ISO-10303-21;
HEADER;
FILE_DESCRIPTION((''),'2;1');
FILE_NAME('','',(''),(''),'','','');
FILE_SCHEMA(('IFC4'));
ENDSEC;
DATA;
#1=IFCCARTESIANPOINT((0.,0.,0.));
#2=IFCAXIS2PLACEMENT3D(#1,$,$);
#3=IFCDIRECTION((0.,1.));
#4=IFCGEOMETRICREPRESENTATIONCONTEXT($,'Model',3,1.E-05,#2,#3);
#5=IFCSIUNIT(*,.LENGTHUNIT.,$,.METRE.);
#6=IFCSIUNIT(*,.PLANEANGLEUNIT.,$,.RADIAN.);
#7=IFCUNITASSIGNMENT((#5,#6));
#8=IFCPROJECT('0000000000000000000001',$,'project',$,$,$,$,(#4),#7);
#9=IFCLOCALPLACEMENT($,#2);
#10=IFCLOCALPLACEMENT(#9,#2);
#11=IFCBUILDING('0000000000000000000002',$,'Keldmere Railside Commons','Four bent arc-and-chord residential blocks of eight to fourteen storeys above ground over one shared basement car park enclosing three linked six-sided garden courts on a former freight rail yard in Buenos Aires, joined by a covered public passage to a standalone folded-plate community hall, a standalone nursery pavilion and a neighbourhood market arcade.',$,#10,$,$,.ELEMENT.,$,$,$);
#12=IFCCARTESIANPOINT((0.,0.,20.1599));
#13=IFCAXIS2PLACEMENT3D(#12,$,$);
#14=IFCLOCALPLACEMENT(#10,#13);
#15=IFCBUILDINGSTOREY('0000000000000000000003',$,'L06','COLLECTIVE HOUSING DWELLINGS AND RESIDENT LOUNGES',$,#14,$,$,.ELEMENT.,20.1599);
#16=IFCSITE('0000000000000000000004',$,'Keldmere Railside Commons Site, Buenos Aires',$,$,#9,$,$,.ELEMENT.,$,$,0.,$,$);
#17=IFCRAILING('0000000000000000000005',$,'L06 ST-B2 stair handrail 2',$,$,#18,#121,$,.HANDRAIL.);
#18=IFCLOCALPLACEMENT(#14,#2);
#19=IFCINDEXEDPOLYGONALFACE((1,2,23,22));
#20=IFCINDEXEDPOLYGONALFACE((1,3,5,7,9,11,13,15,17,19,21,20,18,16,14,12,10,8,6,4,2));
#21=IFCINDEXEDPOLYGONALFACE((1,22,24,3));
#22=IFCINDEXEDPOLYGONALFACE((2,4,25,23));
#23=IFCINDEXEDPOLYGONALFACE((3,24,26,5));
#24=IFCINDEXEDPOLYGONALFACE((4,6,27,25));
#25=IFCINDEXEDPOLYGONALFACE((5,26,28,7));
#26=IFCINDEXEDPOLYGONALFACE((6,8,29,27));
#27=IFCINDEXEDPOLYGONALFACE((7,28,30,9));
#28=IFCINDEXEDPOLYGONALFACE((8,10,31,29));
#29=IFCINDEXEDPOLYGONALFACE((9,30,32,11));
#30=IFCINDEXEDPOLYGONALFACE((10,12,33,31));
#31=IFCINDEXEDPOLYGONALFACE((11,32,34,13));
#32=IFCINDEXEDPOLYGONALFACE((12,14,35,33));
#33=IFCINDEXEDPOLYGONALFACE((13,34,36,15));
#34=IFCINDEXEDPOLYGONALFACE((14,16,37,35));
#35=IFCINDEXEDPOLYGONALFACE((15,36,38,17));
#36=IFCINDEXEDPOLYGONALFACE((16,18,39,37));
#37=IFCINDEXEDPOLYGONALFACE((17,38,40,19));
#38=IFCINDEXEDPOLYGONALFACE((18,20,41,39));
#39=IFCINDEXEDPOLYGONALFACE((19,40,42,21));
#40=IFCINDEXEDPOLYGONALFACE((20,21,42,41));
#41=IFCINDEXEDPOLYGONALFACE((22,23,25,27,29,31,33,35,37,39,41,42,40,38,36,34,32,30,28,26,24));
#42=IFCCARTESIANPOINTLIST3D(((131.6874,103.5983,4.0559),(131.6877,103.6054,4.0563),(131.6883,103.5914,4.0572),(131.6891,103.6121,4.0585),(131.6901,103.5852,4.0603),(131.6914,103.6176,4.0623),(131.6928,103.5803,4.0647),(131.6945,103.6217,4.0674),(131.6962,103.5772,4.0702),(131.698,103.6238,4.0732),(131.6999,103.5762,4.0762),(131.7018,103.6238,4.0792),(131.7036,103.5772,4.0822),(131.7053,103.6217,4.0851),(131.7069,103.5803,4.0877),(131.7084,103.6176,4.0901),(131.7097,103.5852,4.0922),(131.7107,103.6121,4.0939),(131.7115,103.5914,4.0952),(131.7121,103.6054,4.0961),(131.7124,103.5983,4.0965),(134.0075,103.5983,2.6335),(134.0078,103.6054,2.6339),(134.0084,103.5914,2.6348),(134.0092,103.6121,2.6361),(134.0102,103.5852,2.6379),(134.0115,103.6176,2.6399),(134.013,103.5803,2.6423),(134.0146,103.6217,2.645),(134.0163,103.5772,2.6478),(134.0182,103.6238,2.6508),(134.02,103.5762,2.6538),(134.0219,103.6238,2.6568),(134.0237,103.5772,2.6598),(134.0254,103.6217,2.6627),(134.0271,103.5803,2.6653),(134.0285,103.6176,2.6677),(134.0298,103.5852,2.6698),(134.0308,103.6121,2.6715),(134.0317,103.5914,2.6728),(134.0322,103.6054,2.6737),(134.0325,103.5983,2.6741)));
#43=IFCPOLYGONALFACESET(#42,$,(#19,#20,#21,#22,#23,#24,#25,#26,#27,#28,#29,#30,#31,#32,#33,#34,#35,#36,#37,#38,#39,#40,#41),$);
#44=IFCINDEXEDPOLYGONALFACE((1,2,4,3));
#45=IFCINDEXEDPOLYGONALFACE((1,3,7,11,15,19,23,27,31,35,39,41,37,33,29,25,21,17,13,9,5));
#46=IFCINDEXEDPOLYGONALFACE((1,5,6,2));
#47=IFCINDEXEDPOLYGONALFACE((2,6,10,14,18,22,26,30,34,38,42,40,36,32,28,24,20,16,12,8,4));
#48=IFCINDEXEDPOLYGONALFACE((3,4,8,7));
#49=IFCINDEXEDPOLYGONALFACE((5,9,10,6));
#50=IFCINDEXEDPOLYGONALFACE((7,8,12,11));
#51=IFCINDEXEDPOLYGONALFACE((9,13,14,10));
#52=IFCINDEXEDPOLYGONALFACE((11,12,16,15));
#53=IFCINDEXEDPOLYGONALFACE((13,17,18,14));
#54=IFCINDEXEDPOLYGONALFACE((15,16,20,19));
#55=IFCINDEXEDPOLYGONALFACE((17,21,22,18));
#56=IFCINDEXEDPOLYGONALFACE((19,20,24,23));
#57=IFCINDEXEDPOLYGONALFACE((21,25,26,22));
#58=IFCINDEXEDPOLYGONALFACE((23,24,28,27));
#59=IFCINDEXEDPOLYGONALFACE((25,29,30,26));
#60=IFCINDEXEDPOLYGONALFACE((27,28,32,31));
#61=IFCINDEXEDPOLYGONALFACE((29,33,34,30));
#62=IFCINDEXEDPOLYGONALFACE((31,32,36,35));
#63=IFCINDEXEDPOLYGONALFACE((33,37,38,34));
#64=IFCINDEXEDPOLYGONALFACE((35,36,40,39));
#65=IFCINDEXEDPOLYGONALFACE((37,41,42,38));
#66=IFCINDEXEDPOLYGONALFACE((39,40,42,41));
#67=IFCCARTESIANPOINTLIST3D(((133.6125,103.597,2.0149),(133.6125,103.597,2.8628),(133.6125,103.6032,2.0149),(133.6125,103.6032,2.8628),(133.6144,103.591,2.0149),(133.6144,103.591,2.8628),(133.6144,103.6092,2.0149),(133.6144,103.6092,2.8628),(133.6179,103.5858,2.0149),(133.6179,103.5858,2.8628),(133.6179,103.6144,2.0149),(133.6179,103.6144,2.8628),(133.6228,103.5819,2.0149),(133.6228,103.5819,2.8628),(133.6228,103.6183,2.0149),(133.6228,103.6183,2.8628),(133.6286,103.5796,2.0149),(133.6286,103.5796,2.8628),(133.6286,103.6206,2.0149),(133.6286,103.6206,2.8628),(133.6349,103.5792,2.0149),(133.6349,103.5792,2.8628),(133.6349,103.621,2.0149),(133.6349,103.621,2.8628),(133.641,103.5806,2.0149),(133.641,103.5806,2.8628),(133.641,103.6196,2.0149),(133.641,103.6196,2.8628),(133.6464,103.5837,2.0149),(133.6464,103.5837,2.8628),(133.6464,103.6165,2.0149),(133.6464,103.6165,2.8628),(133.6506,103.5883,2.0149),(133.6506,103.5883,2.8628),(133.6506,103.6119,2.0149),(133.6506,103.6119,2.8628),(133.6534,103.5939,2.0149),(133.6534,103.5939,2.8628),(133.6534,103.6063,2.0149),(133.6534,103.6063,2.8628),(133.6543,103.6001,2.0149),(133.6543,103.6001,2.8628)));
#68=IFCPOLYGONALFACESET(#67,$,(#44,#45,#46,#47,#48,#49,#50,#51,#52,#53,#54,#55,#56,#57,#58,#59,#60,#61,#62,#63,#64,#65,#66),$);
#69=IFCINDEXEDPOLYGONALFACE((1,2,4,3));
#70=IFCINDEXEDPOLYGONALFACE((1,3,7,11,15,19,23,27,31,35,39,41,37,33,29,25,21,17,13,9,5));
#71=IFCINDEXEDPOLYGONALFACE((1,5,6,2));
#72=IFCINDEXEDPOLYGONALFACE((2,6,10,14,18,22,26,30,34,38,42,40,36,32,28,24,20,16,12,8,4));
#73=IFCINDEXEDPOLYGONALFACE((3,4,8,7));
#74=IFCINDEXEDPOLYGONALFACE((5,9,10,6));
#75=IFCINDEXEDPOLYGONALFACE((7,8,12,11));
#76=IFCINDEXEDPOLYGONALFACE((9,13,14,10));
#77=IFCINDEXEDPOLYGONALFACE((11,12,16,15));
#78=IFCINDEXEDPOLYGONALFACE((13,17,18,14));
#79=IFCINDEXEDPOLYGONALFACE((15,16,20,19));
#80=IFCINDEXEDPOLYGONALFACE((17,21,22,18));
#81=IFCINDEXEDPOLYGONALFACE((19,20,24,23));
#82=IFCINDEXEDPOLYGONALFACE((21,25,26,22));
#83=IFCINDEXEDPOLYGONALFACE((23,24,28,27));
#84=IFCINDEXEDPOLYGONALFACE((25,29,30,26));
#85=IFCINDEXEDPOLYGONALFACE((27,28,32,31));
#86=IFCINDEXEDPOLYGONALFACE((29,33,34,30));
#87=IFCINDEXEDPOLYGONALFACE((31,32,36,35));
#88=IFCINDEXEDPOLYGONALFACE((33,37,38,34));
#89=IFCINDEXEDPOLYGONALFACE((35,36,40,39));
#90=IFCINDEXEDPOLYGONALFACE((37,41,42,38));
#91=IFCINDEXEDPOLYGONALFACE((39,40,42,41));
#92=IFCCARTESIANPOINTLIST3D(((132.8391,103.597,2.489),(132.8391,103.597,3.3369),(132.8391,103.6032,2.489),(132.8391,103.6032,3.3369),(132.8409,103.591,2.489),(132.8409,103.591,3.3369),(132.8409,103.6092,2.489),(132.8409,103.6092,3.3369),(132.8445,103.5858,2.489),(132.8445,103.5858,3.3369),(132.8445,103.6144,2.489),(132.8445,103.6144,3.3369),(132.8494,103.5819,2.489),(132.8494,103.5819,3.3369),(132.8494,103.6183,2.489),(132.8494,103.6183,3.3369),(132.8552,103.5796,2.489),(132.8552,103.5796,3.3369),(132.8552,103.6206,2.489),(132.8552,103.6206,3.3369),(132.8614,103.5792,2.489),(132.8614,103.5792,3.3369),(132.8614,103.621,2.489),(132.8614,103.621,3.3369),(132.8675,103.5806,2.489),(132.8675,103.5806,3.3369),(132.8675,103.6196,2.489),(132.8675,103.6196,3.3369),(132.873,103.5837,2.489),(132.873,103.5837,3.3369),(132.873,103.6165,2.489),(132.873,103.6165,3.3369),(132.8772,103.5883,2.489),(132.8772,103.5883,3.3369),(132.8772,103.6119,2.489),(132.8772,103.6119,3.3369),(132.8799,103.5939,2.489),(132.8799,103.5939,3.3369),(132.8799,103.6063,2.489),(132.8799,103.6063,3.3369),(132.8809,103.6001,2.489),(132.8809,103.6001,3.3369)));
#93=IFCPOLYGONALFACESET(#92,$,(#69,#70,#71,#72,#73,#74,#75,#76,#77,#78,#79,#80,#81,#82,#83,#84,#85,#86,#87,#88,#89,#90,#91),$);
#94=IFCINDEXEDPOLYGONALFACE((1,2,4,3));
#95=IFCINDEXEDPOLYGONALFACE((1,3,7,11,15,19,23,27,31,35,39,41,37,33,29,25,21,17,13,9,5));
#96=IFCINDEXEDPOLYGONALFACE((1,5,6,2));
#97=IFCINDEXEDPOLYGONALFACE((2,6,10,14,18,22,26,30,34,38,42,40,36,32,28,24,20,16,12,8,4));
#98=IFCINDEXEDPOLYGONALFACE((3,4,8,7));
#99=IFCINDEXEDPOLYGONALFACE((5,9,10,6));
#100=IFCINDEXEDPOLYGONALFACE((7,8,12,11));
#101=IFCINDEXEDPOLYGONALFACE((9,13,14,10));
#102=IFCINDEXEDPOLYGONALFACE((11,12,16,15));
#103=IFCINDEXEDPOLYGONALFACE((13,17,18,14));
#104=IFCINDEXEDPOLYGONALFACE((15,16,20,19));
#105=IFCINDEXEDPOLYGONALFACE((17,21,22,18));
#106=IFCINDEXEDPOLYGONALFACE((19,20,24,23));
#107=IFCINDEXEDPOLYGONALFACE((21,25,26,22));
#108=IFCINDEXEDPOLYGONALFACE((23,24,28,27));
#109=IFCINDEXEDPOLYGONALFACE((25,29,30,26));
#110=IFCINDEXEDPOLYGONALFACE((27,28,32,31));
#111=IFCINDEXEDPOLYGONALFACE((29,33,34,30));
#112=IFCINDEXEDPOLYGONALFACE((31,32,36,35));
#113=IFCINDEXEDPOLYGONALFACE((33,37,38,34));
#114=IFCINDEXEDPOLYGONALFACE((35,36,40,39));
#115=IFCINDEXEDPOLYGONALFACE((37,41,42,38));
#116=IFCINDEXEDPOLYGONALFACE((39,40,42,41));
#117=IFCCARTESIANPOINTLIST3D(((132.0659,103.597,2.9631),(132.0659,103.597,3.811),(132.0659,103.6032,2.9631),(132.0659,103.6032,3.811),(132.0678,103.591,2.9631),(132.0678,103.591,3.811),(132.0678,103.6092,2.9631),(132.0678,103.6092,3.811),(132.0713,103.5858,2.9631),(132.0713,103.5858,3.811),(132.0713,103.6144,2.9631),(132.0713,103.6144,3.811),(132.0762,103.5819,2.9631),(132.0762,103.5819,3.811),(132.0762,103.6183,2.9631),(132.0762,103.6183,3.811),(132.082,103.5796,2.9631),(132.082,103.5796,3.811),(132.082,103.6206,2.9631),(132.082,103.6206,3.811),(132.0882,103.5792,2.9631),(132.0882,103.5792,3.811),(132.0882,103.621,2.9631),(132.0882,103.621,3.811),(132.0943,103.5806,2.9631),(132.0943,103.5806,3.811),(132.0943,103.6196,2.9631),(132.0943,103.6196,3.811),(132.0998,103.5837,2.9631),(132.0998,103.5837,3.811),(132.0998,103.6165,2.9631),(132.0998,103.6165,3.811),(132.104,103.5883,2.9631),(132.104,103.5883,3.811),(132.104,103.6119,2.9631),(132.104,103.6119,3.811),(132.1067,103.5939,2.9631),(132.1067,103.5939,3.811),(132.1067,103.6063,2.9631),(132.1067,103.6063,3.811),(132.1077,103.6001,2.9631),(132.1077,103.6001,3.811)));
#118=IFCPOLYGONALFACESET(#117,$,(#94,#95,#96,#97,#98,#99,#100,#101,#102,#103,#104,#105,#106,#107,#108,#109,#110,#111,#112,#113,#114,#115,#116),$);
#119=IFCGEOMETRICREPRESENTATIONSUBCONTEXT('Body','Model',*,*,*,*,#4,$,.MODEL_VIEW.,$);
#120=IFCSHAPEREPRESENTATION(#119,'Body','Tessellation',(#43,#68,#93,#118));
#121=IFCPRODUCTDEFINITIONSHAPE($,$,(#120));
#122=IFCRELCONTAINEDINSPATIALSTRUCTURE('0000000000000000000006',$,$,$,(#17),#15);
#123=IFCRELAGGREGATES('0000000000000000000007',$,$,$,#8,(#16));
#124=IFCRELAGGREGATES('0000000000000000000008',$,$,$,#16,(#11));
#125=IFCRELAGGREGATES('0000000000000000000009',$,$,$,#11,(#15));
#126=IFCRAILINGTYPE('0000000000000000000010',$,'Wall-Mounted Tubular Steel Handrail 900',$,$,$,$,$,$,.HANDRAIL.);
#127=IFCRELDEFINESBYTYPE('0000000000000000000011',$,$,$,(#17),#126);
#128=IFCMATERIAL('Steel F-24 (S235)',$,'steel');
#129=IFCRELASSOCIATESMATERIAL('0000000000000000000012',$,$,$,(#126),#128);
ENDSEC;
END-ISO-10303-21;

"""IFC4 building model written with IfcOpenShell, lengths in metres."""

from ifc_helpers import new_model, si_unit, direction, frame, origin, origin_2d, place, context, subcontext, project, spatial, circle, extrude, material, type_object, element, save


model = new_model("IFC4")

# Units and contexts
model_context = context("Model", 3, precision=1e-05, world=origin(), true_north=direction((0.0, 1.0)))
body_context = subcontext(model_context, "Body", "Model", "MODEL_VIEW")
ifc_project = project(units=[si_unit("LENGTHUNIT", "METRE"), si_unit("PLANEANGLEUNIT", "RADIAN")], contexts=[model_context])

# Site, building, storey
site_placement = place(None, origin())
site = spatial("IfcSite", under=ifc_project, at=site_placement, Name="Keldmere Railside Commons Site, Buenos Aires", CompositionType="ELEMENT", RefElevation=0.0)
building_placement = place(site_placement, origin())
building = spatial("IfcBuilding", under=site, at=building_placement, Name="Keldmere Railside Commons", Description="Four bent arc-and-chord residential blocks of eight to fourteen storeys above ground over one shared basement car park enclosing three linked six-sided garden courts on a former freight rail yard in Buenos Aires, joined by a covered public passage to a standalone folded-plate community hall, a standalone nursery pavilion and a neighbourhood market arcade.", CompositionType="ELEMENT")
storey_placement = place(building_placement, frame((0.0, 0.0, 20.1599)))
storey = spatial("IfcBuildingStorey", under=building, at=storey_placement, Name="L06", Description="COLLECTIVE HOUSING DWELLINGS AND RESIDENT LOUNGES", CompositionType="ELEMENT", Elevation=20.1599)

# Railing
ifc_material_1 = material(Name="Steel F-24 (S235)", Category="steel")
railing_type_1 = type_object("IfcRailingType", Name="Wall-Mounted Tubular Steel Handrail 900", PredefinedType="HANDRAIL", material=ifc_material_1)
railing_1_placement = place(storey_placement, frame((134.02, 103.6001, 1.7778)))
element("IfcRailing", 1, at=railing_1_placement, inside=storey, type_object=railing_type_1, Name="L06 ST-B2 stair handrail 2", PredefinedType="HANDRAIL", context=body_context, shape_type="SweptSolid", body=[
    extrude(circle(Radius=0.0239, at=origin_2d()), frame((0.0, 0.0, 0.876), z_axis=(-0.852538, 0.0, 0.522665), x_axis=(0.0, -1.0, 0.0)), (0.0, 0.0, 1.0), 2.7214),
    extrude(circle(Radius=0.021, at=origin_2d()), frame((-0.3867, 0.0, 0.2371)), (0.0, 0.0, 1.0), 0.8479),
    extrude(circle(Radius=0.021, at=origin_2d()), frame((-1.1602, 0.0, 0.7112)), (0.0, 0.0, 1.0), 0.8479),
    extrude(circle(Radius=0.021, at=origin_2d()), frame((-1.9333, 0.0, 1.1853)), (0.0, 0.0, 1.0), 0.8479),
])

save(model, "model.ifc")
